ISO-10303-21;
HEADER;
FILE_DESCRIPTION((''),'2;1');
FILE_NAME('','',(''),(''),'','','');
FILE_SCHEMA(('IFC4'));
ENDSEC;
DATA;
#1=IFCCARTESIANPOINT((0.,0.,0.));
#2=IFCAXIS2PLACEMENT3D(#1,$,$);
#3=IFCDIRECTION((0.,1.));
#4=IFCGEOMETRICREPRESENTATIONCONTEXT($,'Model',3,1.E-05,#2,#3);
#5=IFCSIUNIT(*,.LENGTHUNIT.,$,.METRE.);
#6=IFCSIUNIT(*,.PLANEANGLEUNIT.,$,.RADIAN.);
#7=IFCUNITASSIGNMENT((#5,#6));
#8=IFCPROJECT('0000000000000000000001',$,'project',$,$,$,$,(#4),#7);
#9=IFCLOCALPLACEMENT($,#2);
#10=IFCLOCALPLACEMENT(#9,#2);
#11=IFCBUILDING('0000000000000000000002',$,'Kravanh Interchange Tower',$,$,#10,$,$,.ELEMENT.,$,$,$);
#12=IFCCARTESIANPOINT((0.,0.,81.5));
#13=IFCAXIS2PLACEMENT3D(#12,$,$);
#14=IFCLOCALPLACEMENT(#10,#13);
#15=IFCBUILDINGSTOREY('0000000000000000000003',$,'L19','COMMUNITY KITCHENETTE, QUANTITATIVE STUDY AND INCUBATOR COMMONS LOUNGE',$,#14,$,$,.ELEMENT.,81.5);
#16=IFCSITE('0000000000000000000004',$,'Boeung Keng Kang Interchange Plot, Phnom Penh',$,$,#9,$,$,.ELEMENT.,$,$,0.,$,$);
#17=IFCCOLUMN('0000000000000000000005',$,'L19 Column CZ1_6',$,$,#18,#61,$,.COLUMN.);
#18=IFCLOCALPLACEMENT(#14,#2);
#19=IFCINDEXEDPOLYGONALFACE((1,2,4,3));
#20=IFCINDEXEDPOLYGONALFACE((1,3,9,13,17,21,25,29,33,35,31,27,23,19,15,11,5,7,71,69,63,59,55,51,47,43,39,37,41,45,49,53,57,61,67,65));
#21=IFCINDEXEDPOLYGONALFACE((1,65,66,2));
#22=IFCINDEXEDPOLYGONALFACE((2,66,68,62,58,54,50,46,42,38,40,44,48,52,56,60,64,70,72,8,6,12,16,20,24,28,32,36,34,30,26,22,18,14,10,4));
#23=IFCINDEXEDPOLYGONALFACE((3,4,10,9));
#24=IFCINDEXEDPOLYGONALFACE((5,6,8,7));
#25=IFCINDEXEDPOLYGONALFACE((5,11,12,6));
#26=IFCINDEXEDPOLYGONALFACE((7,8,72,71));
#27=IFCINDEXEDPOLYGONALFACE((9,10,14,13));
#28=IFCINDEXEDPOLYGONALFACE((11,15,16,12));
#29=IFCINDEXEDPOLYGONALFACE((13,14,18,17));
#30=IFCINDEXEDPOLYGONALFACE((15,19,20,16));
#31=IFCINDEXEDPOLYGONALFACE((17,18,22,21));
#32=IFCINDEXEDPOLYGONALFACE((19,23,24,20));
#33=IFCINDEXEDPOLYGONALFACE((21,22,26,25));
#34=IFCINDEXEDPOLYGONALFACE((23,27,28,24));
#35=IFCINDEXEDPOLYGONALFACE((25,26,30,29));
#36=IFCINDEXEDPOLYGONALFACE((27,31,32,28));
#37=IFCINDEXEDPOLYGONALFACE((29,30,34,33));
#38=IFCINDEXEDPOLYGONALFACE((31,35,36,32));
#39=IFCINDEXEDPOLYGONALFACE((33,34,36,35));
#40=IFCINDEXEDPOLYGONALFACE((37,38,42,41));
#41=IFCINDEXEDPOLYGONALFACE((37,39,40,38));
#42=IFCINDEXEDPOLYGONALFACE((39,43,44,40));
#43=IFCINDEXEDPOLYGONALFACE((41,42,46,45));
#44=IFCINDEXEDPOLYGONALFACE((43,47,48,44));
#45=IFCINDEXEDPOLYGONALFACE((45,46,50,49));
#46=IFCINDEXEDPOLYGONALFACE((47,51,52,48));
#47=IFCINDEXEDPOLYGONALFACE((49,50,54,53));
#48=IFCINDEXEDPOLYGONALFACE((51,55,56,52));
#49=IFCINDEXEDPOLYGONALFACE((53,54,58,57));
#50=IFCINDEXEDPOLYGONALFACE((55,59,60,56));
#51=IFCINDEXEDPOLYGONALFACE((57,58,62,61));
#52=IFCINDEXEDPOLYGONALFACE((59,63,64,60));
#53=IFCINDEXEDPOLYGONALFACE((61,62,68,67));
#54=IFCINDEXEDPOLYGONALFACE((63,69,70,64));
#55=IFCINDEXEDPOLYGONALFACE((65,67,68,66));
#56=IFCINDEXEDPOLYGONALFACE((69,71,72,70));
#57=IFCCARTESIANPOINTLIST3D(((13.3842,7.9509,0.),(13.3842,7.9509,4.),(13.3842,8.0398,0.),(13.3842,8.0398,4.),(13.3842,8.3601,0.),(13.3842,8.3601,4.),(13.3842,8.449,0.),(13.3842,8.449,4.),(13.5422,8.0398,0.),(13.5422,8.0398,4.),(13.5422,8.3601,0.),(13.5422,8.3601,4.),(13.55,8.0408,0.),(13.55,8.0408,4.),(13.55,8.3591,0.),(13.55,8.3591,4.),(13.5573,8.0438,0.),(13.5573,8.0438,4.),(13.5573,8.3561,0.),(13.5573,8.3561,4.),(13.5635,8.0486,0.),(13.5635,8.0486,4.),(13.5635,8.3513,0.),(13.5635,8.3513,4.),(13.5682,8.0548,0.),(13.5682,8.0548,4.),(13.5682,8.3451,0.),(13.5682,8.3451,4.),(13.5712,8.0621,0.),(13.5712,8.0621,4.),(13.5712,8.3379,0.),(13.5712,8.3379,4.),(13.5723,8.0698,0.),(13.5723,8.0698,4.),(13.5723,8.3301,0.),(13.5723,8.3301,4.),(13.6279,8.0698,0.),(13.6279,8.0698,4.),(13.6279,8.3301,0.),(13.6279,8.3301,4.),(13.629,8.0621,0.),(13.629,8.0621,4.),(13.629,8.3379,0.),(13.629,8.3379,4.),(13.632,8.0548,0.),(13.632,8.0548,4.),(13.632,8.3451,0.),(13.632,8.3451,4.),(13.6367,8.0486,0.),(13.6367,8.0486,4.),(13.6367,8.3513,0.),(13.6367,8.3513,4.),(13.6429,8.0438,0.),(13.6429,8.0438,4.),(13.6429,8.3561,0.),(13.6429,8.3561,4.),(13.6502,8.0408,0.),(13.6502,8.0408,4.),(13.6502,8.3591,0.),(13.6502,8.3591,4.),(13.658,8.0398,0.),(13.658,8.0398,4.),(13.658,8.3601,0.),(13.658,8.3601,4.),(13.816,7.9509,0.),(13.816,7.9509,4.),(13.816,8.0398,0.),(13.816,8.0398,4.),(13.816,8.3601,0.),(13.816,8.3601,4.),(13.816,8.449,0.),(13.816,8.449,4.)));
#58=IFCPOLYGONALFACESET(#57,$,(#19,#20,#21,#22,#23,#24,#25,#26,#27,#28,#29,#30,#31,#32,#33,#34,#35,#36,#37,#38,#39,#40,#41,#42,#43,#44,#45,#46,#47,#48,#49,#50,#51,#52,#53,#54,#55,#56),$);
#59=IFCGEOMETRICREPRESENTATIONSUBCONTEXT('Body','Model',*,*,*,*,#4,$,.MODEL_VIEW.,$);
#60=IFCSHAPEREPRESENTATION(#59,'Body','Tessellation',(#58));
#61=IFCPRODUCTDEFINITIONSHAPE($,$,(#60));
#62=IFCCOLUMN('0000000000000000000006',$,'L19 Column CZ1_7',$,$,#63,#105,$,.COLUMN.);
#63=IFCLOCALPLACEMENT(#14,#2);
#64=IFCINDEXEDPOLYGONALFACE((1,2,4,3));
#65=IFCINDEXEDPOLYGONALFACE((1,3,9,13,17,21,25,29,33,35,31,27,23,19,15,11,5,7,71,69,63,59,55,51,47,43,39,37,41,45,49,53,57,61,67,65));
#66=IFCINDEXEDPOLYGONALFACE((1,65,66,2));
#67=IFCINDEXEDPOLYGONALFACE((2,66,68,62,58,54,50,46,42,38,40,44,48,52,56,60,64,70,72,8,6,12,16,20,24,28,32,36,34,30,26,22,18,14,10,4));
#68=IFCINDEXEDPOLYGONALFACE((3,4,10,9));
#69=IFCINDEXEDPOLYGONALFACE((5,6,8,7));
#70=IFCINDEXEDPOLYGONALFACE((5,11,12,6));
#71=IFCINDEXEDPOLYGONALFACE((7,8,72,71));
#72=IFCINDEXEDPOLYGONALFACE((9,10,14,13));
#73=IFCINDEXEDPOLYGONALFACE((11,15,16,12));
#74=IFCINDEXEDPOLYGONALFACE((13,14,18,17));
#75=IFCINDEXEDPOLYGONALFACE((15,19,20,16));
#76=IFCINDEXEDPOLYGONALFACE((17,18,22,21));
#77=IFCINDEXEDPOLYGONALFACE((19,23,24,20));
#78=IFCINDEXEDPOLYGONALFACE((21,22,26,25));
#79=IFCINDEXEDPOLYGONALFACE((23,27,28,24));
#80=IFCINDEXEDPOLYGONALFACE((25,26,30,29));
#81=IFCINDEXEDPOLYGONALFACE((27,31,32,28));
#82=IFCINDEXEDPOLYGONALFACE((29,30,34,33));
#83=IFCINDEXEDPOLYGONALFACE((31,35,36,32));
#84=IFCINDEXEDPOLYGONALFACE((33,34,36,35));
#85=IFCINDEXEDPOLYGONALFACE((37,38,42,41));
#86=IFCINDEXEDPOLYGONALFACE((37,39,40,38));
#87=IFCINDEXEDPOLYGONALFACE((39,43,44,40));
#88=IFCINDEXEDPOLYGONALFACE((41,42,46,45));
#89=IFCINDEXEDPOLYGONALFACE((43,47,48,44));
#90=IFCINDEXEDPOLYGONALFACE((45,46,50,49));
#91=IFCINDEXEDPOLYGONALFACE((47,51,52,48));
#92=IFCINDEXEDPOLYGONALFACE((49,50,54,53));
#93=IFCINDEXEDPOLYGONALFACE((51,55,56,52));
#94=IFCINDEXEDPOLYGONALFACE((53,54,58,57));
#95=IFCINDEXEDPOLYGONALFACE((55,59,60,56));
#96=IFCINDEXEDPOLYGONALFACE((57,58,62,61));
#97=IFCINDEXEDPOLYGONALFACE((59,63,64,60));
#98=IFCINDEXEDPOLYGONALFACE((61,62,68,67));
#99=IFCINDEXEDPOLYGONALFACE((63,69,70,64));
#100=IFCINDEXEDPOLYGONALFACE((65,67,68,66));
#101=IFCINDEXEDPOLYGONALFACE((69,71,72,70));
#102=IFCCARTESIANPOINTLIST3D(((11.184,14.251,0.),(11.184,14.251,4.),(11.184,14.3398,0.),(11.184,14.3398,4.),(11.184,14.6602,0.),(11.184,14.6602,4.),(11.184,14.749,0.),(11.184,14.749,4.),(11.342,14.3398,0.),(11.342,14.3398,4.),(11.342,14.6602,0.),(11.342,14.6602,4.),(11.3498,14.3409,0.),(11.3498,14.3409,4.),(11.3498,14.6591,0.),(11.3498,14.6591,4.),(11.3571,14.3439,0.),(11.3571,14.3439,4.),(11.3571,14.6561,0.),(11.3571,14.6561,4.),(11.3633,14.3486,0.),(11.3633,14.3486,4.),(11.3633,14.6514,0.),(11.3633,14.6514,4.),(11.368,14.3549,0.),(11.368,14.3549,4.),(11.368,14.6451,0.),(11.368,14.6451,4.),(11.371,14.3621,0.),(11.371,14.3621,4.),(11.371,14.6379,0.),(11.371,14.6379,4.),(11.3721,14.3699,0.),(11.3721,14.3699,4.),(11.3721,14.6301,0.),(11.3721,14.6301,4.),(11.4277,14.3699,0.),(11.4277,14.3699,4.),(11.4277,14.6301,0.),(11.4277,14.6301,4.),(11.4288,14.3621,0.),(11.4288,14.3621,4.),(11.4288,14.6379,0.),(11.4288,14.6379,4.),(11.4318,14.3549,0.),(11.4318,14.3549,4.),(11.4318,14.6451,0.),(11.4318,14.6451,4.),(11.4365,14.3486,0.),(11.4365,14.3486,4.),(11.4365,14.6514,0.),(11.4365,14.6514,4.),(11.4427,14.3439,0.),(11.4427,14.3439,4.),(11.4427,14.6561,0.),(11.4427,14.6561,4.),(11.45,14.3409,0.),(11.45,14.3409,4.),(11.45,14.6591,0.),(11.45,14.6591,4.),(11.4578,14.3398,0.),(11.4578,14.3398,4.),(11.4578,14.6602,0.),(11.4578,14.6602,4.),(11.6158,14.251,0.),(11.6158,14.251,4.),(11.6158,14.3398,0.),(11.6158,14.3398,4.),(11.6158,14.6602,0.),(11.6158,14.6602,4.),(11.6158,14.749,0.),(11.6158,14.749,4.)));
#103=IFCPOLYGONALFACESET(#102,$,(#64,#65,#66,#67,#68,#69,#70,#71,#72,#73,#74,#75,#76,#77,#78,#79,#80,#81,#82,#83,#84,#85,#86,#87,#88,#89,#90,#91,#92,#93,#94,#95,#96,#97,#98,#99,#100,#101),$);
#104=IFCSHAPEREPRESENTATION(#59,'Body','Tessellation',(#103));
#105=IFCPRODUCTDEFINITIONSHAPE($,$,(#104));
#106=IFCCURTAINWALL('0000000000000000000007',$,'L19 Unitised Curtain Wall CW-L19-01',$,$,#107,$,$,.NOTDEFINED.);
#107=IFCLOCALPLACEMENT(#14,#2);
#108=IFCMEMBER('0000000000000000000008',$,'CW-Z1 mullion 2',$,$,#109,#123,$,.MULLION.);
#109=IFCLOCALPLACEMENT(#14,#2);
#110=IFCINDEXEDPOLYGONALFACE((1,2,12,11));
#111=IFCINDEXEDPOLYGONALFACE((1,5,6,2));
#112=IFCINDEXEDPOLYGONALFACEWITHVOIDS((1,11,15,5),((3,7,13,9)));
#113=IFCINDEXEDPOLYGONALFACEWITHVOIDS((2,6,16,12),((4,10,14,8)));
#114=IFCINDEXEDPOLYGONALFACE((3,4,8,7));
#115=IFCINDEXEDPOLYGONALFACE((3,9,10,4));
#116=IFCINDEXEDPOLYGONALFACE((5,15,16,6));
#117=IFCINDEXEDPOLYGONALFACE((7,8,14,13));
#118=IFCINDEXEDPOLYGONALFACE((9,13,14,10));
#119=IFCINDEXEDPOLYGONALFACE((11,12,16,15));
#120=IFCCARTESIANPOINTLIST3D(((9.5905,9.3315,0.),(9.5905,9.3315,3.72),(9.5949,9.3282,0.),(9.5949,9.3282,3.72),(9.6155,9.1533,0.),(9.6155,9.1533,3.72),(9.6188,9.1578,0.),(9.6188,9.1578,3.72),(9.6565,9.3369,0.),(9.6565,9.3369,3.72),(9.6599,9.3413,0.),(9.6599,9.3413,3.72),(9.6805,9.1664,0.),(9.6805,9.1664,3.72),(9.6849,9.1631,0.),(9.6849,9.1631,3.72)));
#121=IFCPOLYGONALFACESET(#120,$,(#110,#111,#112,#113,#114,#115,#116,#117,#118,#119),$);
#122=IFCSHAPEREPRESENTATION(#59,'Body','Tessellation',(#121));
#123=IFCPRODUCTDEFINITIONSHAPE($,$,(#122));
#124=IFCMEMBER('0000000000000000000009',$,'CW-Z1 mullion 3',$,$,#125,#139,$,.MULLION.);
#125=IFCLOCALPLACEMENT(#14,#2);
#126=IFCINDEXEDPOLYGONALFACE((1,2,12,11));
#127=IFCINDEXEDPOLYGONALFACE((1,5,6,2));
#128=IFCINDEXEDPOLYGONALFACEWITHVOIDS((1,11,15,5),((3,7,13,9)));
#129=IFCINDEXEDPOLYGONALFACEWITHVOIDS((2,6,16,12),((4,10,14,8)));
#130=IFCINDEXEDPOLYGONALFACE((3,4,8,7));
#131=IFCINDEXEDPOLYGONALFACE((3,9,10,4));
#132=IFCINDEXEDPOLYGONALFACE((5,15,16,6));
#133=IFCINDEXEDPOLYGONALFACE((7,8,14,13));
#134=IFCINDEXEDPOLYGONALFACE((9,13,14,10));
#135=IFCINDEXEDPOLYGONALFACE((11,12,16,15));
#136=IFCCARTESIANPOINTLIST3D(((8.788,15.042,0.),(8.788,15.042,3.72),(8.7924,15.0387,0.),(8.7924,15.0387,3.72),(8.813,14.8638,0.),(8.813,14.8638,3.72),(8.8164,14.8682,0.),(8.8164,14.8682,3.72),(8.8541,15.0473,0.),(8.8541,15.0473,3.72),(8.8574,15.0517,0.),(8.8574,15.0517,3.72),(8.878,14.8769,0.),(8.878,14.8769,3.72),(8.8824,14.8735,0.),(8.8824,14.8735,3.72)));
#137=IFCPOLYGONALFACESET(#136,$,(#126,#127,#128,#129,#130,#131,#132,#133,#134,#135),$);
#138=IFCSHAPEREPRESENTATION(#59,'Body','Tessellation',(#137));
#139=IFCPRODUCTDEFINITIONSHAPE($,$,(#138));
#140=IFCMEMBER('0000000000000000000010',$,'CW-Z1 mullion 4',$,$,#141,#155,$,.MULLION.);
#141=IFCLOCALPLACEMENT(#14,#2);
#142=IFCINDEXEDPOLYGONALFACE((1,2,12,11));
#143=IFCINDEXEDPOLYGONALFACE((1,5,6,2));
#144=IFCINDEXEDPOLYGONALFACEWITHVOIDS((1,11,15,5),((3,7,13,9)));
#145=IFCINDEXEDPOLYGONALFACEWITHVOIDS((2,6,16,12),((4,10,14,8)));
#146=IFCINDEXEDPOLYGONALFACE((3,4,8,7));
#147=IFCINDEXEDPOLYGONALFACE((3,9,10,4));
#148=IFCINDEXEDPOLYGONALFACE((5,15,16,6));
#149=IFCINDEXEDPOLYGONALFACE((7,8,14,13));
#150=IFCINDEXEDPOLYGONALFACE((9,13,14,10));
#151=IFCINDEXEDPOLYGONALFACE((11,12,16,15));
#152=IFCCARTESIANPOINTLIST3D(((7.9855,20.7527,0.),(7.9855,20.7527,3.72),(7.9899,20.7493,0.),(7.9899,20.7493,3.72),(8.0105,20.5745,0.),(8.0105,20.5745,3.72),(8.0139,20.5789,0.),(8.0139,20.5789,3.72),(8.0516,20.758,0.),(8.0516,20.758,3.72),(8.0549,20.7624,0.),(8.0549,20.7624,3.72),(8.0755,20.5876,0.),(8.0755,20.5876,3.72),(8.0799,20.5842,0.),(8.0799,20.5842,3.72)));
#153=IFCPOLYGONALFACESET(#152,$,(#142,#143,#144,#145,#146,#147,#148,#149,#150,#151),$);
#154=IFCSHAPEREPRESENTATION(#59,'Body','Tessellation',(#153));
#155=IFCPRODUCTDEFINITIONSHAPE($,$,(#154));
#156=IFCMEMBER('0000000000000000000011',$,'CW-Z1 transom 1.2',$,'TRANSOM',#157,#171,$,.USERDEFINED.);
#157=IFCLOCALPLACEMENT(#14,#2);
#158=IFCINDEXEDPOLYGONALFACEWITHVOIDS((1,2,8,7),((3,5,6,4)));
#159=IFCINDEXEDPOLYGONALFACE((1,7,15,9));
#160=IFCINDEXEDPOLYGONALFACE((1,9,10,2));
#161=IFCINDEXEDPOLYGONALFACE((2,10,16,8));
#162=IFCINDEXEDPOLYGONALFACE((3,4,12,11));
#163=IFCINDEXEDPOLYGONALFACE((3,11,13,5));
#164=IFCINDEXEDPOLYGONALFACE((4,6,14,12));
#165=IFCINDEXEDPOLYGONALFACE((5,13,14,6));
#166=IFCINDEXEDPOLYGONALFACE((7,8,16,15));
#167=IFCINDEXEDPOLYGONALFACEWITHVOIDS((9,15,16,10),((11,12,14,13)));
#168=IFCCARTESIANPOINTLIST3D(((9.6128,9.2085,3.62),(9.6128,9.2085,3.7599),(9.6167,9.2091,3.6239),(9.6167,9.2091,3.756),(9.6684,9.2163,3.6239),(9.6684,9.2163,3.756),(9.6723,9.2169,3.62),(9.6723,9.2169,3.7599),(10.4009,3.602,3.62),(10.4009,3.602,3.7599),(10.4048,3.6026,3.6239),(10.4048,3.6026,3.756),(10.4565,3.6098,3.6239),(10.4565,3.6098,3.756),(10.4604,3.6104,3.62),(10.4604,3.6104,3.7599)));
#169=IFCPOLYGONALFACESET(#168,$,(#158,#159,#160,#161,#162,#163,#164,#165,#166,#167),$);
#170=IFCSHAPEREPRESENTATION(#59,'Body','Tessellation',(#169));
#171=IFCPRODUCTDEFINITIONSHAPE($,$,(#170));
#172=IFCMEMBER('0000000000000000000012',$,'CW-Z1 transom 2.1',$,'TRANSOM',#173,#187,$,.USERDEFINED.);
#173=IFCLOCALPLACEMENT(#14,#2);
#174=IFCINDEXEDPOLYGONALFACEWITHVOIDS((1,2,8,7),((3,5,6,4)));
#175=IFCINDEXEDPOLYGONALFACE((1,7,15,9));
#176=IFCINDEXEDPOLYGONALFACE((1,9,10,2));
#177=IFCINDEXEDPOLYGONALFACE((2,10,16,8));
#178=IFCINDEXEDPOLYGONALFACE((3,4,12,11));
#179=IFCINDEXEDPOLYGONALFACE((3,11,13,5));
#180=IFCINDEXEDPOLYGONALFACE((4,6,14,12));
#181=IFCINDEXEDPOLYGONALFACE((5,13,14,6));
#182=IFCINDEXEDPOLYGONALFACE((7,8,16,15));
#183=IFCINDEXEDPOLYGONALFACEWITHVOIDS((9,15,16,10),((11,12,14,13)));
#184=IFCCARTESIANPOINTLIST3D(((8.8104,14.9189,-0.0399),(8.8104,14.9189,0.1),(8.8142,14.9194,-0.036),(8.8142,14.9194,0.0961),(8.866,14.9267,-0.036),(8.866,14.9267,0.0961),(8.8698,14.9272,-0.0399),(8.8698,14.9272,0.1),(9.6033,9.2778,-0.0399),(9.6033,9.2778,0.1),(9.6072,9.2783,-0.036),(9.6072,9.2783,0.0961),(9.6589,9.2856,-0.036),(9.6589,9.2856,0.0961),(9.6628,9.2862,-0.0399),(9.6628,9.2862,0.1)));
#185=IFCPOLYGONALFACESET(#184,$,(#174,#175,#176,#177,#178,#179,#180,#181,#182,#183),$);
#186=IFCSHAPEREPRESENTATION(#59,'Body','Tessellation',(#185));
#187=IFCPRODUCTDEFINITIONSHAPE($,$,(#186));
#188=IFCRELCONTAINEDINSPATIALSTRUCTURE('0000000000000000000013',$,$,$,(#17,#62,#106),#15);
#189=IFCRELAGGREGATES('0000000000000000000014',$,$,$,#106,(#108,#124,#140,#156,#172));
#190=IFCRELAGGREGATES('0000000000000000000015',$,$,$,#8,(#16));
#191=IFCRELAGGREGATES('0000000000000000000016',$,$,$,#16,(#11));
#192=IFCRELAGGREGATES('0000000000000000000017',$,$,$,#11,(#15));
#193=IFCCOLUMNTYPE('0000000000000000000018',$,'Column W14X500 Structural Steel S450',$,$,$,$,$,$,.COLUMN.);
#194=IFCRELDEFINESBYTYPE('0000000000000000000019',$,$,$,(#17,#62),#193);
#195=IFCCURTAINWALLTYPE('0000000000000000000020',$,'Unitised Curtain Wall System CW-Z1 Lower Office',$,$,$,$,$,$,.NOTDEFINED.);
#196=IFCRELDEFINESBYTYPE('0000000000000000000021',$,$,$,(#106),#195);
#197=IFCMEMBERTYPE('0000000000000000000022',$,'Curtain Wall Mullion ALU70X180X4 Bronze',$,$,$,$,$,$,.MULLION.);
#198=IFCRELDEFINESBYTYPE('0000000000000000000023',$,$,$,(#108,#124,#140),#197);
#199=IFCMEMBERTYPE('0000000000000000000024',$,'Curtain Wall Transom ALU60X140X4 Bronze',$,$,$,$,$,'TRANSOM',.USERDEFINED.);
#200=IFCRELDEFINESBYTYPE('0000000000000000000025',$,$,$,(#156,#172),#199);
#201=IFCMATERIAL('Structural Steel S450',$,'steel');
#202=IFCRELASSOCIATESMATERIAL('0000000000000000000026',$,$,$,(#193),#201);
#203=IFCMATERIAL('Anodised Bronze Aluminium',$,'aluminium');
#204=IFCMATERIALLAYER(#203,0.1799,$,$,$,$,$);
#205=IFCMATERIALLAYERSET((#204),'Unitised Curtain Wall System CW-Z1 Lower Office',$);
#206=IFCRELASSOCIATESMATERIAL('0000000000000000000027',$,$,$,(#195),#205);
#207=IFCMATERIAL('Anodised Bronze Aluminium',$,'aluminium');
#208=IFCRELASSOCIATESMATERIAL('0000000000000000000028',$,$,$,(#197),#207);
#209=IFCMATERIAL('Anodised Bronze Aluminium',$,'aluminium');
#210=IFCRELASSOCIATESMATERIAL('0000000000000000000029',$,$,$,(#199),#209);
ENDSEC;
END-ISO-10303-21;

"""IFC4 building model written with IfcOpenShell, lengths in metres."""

from ifc_helpers import new_model, si_unit, direction, frame, origin, origin_2d, place, context, subcontext, project, spatial, hollow_rectangle, i_section, extrude, material, layer, layer_set, material_profile, profile_set, type_object, element, aggregate, save


model = new_model("IFC4")

# Units and contexts
model_context = context("Model", 3, precision=1e-05, world=origin(), true_north=direction((0.0, 1.0)))
body_context = subcontext(model_context, "Body", "Model", "MODEL_VIEW")
ifc_project = project(units=[si_unit("LENGTHUNIT", "METRE"), si_unit("PLANEANGLEUNIT", "RADIAN")], contexts=[model_context])

# Site, building, storey
site_placement = place(None, origin())
site = spatial("IfcSite", under=ifc_project, at=site_placement, Name="Boeung Keng Kang Interchange Plot, Phnom Penh", CompositionType="ELEMENT", RefElevation=0.0)
building_placement = place(site_placement, origin())
building = spatial("IfcBuilding", under=site, at=building_placement, Name="Kravanh Interchange Tower", CompositionType="ELEMENT")
storey_placement = place(building_placement, frame((0.0, 0.0, 81.5)))
storey = spatial("IfcBuildingStorey", under=building, at=storey_placement, Name="L19", Description="COMMUNITY KITCHENETTE, QUANTITATIVE STUDY AND INCUBATOR COMMONS LOUNGE", CompositionType="ELEMENT", Elevation=81.5)

# Columns
ifc_material_1 = material(Name="Structural Steel S450", Category="steel")
ifc_material_profile_1 = material_profile(ifc_material_1, i_section(OverallWidth=0.4319, OverallDepth=0.498, WebThickness=0.0557, FlangeThickness=0.0889, FilletRadius=0.03, at=origin_2d()), Name="W14X500")
ifc_profile_set_1 = profile_set([ifc_material_profile_1], Name="Structural Steel S450")
column_type = type_object("IfcColumnType", Name="Column W14X500 Structural Steel S450", PredefinedType="COLUMN", material=ifc_profile_set_1)
for number, where, z_axis, x_axis, name in (
    (1, (13.6001, 8.2, 0.0), (0.0, 0.0, 1.0), (1.0, 0.0, 0.0), "L19 Column CZ1_6"),
    (2, (11.3999, 14.5, 0.0), (0.0, 0.0, 1.0), (1.0, 0.0, 0.0), "L19 Column CZ1_7"),
):
    element("IfcColumn", number, at=place(storey_placement, frame(where, z_axis=z_axis, x_axis=x_axis)), inside=storey, type_object=column_type, Name=name, PredefinedType="COLUMN", context=body_context, shape_type="SweptSolid", body=[
        extrude(i_section(OverallWidth=0.4319, OverallDepth=0.498, WebThickness=0.0557, FlangeThickness=0.0889, FilletRadius=0.03, at=origin_2d()), origin(), (0.0, 0.0, 1.0), 4.0),
    ])

# Curtain wall, members
ifc_material_2 = material(Name="Anodised Bronze Aluminium", Category="aluminium")
ifc_layer_1 = layer(ifc_material_2, 0.1799)
ifc_layer_set_1 = layer_set([ifc_layer_1], Name="Unitised Curtain Wall System CW-Z1 Lower Office")
curtain_wall_type = type_object("IfcCurtainWallType", Name="Unitised Curtain Wall System CW-Z1 Lower Office", PredefinedType="NOTDEFINED", material=ifc_layer_set_1)
curtain_wall_placement = place(storey_placement, origin())
curtain_wall = element("IfcCurtainWall", 3, at=curtain_wall_placement, inside=storey, type_object=curtain_wall_type, Name="L19 Unitised Curtain Wall CW-L19-01", PredefinedType="NOTDEFINED")
ifc_material_3 = material(Name="Anodised Bronze Aluminium", Category="aluminium")
ifc_material_profile_2 = material_profile(ifc_material_3, hollow_rectangle(XDim=0.0701, YDim=0.1799, WallThickness=0.0039, at=origin_2d()), Name="ALU70X180X4")
ifc_profile_set_2 = profile_set([ifc_material_profile_2], Name="Anodised Bronze Aluminium")
member_type_1 = type_object("IfcMemberType", Name="Curtain Wall Mullion ALU70X180X4 Bronze", PredefinedType="MULLION", material=ifc_profile_set_2)
member_1_placement = place(storey_placement, frame((9.6377, 9.2473, 0.0), z_axis=(0.0, 0.0, 1.0), x_axis=(-0.990268, -0.139177, 0.0)))
member_1 = element("IfcMember", 4, at=member_1_placement, type_object=member_type_1, Name="CW-Z1 mullion 2", PredefinedType="MULLION", context=body_context, shape_type="SweptSolid", body=[
    extrude(hollow_rectangle(XDim=0.0701, YDim=0.1799, WallThickness=0.0039, at=origin_2d()), origin(), (0.0, 0.0, 1.0), 3.72),
])
member_2_placement = place(storey_placement, frame((8.8352, 14.9578, 0.0), z_axis=(0.0, 0.0, 1.0), x_axis=(-0.990268, -0.139177, 0.0)))
member_2 = element("IfcMember", 5, at=member_2_placement, type_object=member_type_1, Name="CW-Z1 mullion 3", PredefinedType="MULLION", context=body_context, shape_type="SweptSolid", body=[
    extrude(hollow_rectangle(XDim=0.0701, YDim=0.1799, WallThickness=0.0039, at=origin_2d()), origin(), (0.0, 0.0, 1.0), 3.72),
])
member_3_placement = place(storey_placement, frame((8.0327, 20.6685, 0.0), z_axis=(0.0, 0.0, 1.0), x_axis=(-0.990268, -0.139177, 0.0)))
member_3 = element("IfcMember", 6, at=member_3_placement, type_object=member_type_1, Name="CW-Z1 mullion 4", PredefinedType="MULLION", context=body_context, shape_type="SweptSolid", body=[
    extrude(hollow_rectangle(XDim=0.0701, YDim=0.1799, WallThickness=0.0039, at=origin_2d()), origin(), (0.0, 0.0, 1.0), 3.72),
])
ifc_material_4 = material(Name="Anodised Bronze Aluminium", Category="aluminium")
ifc_material_profile_3 = material_profile(ifc_material_4, hollow_rectangle(XDim=0.0601, YDim=0.1399, WallThickness=0.0039, at=origin_2d()), Name="ALU60X140X4")
ifc_profile_set_3 = profile_set([ifc_material_profile_3], Name="Anodised Bronze Aluminium")
member_type_2 = type_object("IfcMemberType", Name="Curtain Wall Transom ALU60X140X4 Bronze", ElementType="TRANSOM", PredefinedType="USERDEFINED", material=ifc_profile_set_3)
member_4_placement = place(storey_placement, frame((10.4307, 3.6062, 3.6899), z_axis=(-0.139199, 0.990264, 0.0), x_axis=(-0.990264, -0.139199, 0.0)))
member_4 = element("IfcMember", 7, at=member_4_placement, type_object=member_type_2, Name="CW-Z1 transom 1.2", ObjectType="TRANSOM", PredefinedType="USERDEFINED", context=body_context, shape_type="SweptSolid", body=[
    extrude(hollow_rectangle(XDim=0.0601, YDim=0.1399, WallThickness=0.0039, at=origin_2d()), origin(), (0.0, 0.0, 1.0), 5.6616),
])
member_5_placement = place(storey_placement, frame((9.6331, 9.282, 0.03), z_axis=(-0.139201, 0.990264, 0.0), x_axis=(-0.990264, -0.139201, 0.0)))
member_5 = element("IfcMember", 8, at=member_5_placement, type_object=member_type_2, Name="CW-Z1 transom 2.1", ObjectType="TRANSOM", PredefinedType="USERDEFINED", context=body_context, shape_type="SweptSolid", body=[
    extrude(hollow_rectangle(XDim=0.0601, YDim=0.1399, WallThickness=0.0039, at=origin_2d()), origin(), (0.0, 0.0, 1.0), 5.6965),
])

aggregate(curtain_wall, [member_1, member_2, member_3, member_4, member_5])

save(model, "model.ifc")
